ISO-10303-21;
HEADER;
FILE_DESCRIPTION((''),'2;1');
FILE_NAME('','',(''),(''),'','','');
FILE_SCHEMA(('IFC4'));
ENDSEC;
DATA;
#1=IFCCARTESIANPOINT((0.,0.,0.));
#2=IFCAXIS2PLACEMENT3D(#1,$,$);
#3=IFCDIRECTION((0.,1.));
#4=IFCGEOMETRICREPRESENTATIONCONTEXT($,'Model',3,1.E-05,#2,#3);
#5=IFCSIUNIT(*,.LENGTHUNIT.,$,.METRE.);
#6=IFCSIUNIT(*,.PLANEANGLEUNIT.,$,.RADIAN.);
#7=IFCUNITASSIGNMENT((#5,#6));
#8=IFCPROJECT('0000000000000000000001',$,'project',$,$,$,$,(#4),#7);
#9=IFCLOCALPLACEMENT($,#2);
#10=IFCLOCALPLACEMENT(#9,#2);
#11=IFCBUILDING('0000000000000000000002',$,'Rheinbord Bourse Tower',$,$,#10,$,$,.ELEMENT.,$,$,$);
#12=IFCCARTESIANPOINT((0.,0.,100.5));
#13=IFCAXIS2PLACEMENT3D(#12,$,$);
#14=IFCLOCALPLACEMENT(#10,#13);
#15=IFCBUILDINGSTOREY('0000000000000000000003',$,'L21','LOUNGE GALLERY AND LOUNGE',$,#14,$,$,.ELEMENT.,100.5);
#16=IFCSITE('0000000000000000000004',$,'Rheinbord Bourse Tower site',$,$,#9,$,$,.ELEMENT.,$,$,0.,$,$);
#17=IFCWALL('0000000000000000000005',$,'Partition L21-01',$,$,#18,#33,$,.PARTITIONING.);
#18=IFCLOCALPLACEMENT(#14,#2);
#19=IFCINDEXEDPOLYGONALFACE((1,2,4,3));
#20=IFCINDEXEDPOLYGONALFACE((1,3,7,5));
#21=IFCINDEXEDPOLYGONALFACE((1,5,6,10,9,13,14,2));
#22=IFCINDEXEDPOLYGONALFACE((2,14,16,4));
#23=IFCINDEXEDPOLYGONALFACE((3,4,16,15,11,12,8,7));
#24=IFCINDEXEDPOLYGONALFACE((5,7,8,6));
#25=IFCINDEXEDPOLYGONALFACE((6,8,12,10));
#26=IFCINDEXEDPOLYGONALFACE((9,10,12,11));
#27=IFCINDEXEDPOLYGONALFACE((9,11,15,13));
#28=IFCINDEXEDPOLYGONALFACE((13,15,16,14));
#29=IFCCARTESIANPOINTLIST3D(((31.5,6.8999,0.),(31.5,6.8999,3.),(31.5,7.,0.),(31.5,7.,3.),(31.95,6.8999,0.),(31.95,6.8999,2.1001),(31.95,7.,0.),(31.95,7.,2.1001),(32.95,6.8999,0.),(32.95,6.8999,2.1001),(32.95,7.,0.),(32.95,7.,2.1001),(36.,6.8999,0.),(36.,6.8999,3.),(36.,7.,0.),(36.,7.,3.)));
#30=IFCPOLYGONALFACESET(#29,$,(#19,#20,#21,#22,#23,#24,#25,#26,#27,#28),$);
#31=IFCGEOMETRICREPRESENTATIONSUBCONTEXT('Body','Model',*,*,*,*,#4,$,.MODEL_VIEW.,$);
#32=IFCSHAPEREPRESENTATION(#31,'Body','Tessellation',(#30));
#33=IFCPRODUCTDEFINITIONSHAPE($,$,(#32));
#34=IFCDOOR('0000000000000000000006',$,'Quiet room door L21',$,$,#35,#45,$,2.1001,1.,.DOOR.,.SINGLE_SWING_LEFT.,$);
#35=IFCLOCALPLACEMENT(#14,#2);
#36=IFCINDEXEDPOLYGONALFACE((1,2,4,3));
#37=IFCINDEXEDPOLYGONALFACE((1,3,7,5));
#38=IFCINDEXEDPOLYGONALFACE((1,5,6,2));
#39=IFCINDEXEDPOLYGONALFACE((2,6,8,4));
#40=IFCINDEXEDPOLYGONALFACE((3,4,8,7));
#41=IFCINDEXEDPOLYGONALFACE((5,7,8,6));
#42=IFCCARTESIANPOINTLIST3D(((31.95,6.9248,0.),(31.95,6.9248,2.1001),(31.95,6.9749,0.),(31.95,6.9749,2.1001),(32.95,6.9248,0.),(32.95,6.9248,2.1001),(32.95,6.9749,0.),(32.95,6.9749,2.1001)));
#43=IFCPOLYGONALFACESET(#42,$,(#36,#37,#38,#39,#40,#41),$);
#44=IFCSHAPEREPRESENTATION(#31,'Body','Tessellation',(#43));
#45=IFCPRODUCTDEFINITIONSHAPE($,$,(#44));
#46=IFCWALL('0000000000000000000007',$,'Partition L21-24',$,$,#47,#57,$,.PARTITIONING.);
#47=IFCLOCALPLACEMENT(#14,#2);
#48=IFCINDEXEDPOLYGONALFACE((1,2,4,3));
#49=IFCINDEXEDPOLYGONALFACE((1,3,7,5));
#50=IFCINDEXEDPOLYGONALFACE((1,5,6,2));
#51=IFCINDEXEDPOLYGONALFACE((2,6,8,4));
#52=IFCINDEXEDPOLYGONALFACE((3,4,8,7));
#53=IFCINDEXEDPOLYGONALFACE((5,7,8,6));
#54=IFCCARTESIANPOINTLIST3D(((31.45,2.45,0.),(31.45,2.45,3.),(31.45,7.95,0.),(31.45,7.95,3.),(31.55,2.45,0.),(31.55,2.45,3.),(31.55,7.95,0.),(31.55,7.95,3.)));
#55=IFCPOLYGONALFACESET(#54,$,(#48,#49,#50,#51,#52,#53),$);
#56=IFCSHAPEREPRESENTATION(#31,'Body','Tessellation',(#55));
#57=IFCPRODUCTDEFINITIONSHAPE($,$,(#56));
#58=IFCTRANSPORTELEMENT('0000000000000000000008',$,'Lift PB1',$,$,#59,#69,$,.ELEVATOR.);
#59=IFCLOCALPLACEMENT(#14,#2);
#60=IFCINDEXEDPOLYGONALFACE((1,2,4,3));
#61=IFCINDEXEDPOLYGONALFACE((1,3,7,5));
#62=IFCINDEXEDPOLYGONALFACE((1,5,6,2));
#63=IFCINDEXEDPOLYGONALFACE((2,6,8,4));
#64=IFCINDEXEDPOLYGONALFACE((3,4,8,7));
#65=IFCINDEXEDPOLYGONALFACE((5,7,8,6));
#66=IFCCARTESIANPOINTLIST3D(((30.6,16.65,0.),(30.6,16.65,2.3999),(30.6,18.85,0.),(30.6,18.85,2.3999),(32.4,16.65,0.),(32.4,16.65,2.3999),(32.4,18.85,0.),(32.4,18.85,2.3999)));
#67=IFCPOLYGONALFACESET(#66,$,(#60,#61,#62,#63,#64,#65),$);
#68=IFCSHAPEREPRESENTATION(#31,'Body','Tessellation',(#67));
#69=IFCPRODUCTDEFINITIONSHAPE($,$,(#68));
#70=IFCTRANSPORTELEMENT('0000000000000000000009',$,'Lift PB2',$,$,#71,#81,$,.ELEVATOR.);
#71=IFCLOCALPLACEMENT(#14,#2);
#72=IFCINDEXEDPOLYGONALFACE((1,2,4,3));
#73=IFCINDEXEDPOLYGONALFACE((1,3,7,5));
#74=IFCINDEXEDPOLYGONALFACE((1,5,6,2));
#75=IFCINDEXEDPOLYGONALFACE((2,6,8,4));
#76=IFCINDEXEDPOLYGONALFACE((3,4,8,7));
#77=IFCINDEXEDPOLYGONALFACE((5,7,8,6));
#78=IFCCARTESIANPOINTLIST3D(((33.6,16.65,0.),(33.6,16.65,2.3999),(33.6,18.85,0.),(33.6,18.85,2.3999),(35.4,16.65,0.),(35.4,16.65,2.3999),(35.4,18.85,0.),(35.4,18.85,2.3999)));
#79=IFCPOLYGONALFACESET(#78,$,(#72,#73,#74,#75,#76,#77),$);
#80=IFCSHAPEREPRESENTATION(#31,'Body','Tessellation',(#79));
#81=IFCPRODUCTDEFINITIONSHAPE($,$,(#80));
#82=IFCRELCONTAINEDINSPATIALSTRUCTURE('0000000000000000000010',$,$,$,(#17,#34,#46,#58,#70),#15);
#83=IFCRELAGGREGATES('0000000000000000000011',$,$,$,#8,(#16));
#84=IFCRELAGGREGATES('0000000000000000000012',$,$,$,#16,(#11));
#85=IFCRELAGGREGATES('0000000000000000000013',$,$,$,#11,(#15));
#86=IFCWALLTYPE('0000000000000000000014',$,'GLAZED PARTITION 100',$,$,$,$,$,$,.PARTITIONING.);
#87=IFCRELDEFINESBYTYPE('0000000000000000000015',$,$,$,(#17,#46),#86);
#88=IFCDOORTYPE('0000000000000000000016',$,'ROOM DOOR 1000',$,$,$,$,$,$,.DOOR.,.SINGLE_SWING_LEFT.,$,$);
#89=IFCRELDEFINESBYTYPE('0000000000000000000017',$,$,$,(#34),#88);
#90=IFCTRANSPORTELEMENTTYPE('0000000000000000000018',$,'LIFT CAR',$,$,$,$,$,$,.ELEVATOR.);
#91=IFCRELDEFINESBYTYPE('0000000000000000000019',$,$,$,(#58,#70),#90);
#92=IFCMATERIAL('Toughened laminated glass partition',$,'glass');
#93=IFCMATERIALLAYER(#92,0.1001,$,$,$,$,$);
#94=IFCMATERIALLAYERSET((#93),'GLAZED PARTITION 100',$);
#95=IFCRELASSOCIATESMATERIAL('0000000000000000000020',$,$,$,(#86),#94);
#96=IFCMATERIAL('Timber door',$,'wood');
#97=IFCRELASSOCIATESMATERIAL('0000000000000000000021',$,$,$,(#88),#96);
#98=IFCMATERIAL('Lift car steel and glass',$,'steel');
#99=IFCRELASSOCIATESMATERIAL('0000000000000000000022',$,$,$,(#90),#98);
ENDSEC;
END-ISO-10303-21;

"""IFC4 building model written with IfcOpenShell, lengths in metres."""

from ifc_helpers import new_model, si_unit, direction, frame, frame_2d, origin, origin_2d, place, context, subcontext, project, spatial, rectangle, extrude, material, layer, layer_set, type_object, element, fill, save


model = new_model("IFC4")

# Units and contexts
model_context = context("Model", 3, precision=1e-05, world=origin(), true_north=direction((0.0, 1.0)))
body_context = subcontext(model_context, "Body", "Model", "MODEL_VIEW")
ifc_project = project(units=[si_unit("LENGTHUNIT", "METRE"), si_unit("PLANEANGLEUNIT", "RADIAN")], contexts=[model_context])

# Site, building, storey
site_placement = place(None, origin())
site = spatial("IfcSite", under=ifc_project, at=site_placement, Name="Rheinbord Bourse Tower site", CompositionType="ELEMENT", RefElevation=0.0)
building_placement = place(site_placement, origin())
building = spatial("IfcBuilding", under=site, at=building_placement, Name="Rheinbord Bourse Tower", CompositionType="ELEMENT")
storey_placement = place(building_placement, frame((0.0, 0.0, 100.5)))
storey = spatial("IfcBuildingStorey", under=building, at=storey_placement, Name="L21", Description="LOUNGE GALLERY AND LOUNGE", CompositionType="ELEMENT", Elevation=100.5)

# Wall, opening, door
ifc_material_1 = material(Name="Toughened laminated glass partition", Category="glass")
ifc_layer_1 = layer(ifc_material_1, 0.1001)
ifc_layer_set_1 = layer_set([ifc_layer_1], Name="GLAZED PARTITION 100")
wall_type_1 = type_object("IfcWallType", Name="GLAZED PARTITION 100", PredefinedType="PARTITIONING", material=ifc_layer_set_1)
wall_1_placement = place(storey_placement, frame((31.5, 6.95, 0.0), z_axis=(0.0, 0.0, 1.0), x_axis=(1.0, 0.0, 0.0)))
wall_1 = element("IfcWall", 1, at=wall_1_placement, inside=storey, type_object=wall_type_1, Name="Partition L21-01", PredefinedType="PARTITIONING", context=body_context, shape_type="SweptSolid", body=[
    extrude(rectangle(XDim=4.5, YDim=0.1001, at=frame_2d((2.25, 0.0))), origin(), (0.0, 0.0, 1.0), 3.0),
])
opening_1_placement = place(wall_1_placement, frame((0.45, 0.0, 0.0)))
opening_1 = element("IfcOpeningElement", 2, at=opening_1_placement, cuts=wall_1, PredefinedType="OPENING", context=body_context, shape_type="SweptSolid", body=[
    extrude(rectangle(XDim=1.0, YDim=2.1001, at=frame_2d((0.5, 1.05))), frame((0.0, 0.0601, 0.0), z_axis=(0.0, -1.0, 0.0), x_axis=(1.0, 0.0, 0.0)), (0.0, 0.0, 1.0), 0.1201),
])
ifc_material_2 = material(Name="Timber door", Category="wood")
door_type_1 = type_object("IfcDoorType", Name="ROOM DOOR 1000", OperationType="SINGLE_SWING_LEFT", PredefinedType="DOOR", material=ifc_material_2)
door_1_placement = place(opening_1_placement, origin())
door_1 = element("IfcDoor", 3, at=door_1_placement, inside=storey, type_object=door_type_1, Name="Quiet room door L21", OperationType="SINGLE_SWING_LEFT", OverallHeight=2.1001, OverallWidth=1.0, PredefinedType="DOOR", context=body_context, shape_type="SweptSolid", body=[
    extrude(rectangle(XDim=1.0, YDim=2.1001, at=frame_2d((0.5, 1.05))), frame((0.0, 0.0249, 0.0), z_axis=(0.0, -1.0, 0.0), x_axis=(1.0, 0.0, 0.0)), (0.0, 0.0, 1.0), 0.05),
])
fill(opening_1, door_1)

# Wall
wall_2_placement = place(storey_placement, frame((31.5, 2.45, 0.0), z_axis=(0.0, 0.0, 1.0), x_axis=(0.0, 1.0, 0.0)))
element("IfcWall", 4, at=wall_2_placement, inside=storey, type_object=wall_type_1, Name="Partition L21-24", PredefinedType="PARTITIONING", context=body_context, shape_type="SweptSolid", body=[
    extrude(rectangle(XDim=5.5, YDim=0.1001, at=frame_2d((2.75, 0.0))), origin(), (0.0, 0.0, 1.0), 3.0),
])

# Transport elements
ifc_material_3 = material(Name="Lift car steel and glass", Category="steel")
transport_element_type = type_object("IfcTransportElementType", Name="LIFT CAR", PredefinedType="ELEVATOR", material=ifc_material_3)
for number, where, z_axis, x_axis, name in (
    (5, (31.5, 17.75, 0.0), (0.0, 0.0, 1.0), (1.0, 0.0, 0.0), "Lift PB1"),
    (6, (34.5, 17.75, 0.0), (0.0, 0.0, 1.0), (1.0, 0.0, 0.0), "Lift PB2"),
):
    element("IfcTransportElement", number, at=place(storey_placement, frame(where, z_axis=z_axis, x_axis=x_axis)), inside=storey, type_object=transport_element_type, Name=name, PredefinedType="ELEVATOR", context=body_context, shape_type="SweptSolid", body=[
        extrude(rectangle(XDim=1.8, YDim=2.2, at=origin_2d()), origin(), (0.0, 0.0, 1.0), 2.3999),
    ])

save(model, "model.ifc")
